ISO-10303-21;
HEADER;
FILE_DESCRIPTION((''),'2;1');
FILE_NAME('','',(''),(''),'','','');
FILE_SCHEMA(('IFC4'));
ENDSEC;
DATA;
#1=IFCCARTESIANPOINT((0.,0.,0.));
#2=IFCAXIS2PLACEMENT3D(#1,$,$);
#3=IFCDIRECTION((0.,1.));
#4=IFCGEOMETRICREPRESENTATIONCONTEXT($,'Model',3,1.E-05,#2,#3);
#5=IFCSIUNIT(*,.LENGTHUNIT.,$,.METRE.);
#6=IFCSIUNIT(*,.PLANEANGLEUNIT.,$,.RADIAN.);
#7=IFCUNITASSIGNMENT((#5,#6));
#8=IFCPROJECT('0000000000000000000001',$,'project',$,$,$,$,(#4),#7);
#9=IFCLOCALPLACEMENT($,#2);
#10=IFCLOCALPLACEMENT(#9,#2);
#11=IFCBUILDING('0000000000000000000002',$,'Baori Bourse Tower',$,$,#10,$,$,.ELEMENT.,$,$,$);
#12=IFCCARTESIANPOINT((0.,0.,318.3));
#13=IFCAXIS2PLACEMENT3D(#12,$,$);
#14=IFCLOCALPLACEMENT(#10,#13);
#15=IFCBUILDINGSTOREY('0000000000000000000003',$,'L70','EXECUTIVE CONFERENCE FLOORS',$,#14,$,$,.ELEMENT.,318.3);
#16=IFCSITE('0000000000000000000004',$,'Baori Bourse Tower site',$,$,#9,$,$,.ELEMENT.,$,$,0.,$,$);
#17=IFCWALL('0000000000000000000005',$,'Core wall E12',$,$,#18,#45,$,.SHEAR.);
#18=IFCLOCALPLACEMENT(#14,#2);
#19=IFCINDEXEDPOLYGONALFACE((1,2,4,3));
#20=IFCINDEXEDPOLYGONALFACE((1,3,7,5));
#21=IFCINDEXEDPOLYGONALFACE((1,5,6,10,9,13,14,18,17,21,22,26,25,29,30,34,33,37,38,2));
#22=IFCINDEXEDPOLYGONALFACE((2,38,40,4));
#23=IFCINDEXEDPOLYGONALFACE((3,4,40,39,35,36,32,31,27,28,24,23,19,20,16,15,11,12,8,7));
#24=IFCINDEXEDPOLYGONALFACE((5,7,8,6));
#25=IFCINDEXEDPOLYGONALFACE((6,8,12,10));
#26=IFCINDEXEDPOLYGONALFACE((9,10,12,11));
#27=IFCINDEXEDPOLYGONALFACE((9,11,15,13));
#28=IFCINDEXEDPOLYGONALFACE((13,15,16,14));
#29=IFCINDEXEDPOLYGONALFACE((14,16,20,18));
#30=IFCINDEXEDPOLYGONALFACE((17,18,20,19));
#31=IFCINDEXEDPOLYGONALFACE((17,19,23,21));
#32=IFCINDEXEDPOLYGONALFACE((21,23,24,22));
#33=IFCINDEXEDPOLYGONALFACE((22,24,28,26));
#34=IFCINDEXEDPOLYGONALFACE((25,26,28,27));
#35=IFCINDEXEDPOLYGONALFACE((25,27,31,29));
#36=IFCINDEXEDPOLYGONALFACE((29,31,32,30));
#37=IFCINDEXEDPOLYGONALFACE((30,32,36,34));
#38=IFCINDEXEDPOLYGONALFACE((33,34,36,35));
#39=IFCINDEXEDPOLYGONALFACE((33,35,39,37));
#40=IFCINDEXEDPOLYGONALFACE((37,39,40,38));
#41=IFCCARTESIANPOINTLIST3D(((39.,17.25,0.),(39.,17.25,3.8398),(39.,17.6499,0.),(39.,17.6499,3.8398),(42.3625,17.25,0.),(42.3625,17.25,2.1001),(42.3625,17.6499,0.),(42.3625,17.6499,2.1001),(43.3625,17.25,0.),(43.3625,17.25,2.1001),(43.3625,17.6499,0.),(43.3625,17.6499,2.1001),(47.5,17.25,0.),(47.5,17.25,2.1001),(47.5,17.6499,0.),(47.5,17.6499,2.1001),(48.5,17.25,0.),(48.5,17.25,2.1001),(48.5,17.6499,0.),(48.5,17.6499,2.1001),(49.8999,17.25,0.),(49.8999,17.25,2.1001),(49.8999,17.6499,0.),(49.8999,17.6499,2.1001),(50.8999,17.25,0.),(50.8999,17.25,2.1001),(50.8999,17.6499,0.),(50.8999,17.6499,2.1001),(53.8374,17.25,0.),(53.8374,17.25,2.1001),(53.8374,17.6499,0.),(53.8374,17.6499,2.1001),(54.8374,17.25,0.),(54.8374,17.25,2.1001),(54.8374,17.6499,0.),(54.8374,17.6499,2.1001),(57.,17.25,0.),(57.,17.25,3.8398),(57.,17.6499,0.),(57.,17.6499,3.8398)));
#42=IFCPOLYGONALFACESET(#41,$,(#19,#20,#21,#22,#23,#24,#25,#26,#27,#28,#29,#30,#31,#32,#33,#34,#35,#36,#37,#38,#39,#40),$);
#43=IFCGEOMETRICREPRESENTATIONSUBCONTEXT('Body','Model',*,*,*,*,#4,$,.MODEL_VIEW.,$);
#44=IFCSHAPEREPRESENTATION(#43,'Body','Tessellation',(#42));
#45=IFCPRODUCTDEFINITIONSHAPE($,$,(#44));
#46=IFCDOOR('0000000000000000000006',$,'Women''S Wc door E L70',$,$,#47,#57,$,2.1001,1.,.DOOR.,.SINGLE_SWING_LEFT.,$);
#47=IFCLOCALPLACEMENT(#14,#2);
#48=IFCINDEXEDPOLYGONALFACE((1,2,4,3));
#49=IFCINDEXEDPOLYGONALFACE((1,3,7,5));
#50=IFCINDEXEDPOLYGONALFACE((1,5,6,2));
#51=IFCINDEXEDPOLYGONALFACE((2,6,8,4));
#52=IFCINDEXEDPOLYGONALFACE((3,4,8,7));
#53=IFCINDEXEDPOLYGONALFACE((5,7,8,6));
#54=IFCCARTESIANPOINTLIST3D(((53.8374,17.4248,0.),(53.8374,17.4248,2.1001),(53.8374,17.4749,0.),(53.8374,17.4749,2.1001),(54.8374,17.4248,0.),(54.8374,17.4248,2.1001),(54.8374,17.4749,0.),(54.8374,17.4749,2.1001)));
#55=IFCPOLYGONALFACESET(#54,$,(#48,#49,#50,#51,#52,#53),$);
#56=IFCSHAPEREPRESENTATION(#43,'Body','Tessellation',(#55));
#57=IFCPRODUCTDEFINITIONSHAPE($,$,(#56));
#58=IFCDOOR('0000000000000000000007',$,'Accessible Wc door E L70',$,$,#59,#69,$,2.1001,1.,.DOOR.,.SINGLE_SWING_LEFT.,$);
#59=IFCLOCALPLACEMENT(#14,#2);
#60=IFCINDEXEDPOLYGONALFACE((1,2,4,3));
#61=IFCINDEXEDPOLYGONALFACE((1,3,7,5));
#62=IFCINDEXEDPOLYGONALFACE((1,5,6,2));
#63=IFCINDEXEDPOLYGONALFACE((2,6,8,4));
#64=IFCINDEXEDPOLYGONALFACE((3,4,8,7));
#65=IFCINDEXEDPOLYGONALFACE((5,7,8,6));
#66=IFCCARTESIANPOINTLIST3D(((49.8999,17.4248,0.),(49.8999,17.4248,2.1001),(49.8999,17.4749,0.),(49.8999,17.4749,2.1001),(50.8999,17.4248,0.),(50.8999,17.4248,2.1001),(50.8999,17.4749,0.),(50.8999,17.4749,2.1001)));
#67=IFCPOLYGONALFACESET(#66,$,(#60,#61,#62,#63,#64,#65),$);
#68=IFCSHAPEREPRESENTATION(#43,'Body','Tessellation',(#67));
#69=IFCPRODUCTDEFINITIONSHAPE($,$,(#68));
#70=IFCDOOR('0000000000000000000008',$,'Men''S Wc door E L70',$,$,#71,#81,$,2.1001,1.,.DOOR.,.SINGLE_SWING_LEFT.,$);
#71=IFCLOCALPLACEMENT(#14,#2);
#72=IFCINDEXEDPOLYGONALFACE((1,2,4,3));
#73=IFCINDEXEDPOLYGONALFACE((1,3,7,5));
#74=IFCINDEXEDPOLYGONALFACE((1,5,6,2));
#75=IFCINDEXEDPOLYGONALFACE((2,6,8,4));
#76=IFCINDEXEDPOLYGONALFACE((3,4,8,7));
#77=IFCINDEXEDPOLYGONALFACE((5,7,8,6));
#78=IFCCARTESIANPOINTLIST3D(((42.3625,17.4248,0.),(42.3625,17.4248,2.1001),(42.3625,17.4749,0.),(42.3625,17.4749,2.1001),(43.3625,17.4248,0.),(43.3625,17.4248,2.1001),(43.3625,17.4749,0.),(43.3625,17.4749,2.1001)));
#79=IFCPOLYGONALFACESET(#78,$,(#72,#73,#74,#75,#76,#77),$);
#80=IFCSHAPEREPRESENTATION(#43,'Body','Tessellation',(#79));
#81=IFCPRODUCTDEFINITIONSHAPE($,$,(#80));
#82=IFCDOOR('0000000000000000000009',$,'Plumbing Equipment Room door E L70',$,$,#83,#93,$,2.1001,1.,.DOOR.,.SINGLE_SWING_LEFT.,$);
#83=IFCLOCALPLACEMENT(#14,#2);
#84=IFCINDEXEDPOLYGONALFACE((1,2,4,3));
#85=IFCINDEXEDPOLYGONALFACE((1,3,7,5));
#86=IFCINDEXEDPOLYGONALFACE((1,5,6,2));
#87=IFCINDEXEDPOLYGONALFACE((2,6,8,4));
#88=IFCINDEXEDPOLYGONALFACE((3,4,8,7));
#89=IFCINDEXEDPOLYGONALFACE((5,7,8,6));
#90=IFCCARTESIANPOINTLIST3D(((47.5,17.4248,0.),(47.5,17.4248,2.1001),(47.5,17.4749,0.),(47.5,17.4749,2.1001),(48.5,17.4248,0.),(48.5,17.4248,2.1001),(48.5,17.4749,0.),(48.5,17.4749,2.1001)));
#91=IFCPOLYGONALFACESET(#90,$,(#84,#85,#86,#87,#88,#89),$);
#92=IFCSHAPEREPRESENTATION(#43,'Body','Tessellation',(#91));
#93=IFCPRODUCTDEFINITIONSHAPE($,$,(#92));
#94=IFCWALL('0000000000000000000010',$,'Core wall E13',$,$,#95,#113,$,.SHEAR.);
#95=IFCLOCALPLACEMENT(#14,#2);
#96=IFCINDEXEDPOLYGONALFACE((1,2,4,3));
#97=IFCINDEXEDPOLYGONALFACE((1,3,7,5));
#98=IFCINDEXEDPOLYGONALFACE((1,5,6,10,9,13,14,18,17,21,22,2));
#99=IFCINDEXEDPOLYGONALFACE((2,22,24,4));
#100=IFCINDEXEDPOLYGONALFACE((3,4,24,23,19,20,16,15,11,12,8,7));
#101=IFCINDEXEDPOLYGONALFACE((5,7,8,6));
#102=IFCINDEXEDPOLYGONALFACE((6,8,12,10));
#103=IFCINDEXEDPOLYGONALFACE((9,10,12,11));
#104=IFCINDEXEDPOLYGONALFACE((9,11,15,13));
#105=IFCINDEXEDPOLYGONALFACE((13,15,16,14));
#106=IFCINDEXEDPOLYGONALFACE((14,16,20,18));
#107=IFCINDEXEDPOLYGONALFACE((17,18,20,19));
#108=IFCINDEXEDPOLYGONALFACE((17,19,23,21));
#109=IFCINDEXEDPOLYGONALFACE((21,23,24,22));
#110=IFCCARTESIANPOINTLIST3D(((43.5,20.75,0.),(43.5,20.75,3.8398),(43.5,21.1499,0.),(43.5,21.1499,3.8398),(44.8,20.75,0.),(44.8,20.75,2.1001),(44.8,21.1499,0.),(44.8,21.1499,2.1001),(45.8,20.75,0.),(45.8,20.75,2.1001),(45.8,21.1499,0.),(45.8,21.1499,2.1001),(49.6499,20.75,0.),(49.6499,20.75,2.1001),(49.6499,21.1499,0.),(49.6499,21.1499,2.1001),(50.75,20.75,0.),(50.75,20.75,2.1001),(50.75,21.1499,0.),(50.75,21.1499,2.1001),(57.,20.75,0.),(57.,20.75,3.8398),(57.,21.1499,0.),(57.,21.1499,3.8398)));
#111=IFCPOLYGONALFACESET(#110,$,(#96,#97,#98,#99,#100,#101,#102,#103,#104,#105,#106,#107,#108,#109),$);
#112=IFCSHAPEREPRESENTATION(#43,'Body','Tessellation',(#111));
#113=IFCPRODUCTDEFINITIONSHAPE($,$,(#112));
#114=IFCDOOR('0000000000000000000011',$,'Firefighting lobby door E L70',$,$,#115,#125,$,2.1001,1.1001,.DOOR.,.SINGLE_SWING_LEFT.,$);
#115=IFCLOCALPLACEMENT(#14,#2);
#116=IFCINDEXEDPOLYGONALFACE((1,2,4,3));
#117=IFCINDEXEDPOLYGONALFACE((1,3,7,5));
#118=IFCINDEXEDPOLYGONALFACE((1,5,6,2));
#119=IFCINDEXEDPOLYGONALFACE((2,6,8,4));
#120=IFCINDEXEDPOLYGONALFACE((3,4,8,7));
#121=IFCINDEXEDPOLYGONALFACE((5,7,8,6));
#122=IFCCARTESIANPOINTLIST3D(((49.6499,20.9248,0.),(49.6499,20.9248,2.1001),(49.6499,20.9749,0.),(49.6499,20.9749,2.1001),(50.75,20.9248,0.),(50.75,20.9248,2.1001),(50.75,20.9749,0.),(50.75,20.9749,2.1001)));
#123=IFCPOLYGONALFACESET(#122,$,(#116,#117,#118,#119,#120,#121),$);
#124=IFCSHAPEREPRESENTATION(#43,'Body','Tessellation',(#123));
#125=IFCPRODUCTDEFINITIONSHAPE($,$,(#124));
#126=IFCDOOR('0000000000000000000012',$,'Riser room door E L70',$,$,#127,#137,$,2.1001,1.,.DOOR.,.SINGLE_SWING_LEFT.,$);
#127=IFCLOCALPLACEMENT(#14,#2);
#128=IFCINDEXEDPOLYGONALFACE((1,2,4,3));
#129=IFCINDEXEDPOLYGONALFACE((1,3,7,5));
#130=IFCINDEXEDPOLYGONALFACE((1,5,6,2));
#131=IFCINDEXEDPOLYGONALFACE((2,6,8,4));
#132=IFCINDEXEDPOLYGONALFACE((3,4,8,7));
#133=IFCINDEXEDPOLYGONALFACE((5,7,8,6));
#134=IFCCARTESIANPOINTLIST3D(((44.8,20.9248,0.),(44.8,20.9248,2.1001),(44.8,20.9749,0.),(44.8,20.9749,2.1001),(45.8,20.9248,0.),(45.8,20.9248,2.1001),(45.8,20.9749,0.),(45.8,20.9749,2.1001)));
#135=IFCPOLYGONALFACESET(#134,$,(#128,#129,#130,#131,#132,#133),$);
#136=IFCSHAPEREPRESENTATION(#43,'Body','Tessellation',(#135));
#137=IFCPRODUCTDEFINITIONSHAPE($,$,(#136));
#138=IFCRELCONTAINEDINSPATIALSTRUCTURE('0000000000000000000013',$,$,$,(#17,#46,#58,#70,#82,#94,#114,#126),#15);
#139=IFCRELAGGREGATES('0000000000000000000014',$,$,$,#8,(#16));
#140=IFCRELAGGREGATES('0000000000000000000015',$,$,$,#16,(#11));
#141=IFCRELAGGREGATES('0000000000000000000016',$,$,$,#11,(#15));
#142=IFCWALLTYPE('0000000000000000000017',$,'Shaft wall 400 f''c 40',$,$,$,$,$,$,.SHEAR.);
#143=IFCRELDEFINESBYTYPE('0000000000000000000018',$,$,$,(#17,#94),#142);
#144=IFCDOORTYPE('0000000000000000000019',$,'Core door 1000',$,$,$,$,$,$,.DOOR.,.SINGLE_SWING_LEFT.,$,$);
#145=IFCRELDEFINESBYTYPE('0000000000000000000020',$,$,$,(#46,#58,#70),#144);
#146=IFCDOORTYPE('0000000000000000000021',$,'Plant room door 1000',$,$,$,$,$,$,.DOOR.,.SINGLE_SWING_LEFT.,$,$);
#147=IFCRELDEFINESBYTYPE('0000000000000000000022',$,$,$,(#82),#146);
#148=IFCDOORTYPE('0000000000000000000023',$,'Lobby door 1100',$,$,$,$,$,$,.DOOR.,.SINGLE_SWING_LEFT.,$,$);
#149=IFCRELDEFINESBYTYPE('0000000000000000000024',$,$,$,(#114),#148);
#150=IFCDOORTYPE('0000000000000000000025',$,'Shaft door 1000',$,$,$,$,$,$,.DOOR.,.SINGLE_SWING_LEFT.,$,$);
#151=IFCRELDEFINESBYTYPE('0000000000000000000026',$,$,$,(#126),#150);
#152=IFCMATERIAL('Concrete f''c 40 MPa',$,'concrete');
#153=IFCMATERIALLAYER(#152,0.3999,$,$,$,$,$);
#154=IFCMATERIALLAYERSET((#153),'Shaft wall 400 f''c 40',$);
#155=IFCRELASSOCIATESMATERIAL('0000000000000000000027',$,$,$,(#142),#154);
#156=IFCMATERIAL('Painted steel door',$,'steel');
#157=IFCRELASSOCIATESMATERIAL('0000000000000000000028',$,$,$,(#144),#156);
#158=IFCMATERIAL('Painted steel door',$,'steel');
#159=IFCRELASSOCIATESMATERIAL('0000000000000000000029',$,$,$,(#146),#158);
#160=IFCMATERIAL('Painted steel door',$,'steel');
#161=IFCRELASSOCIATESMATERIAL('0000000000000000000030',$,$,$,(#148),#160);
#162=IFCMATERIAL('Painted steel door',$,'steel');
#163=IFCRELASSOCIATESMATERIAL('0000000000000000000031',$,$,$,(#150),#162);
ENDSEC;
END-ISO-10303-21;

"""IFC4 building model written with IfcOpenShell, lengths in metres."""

from ifc_helpers import new_model, si_unit, direction, frame, frame_2d, origin, place, context, subcontext, project, spatial, rectangle, extrude, material, layer, layer_set, type_object, element, fill, save


model = new_model("IFC4")

# Units and contexts
model_context = context("Model", 3, precision=1e-05, world=origin(), true_north=direction((0.0, 1.0)))
body_context = subcontext(model_context, "Body", "Model", "MODEL_VIEW")
ifc_project = project(units=[si_unit("LENGTHUNIT", "METRE"), si_unit("PLANEANGLEUNIT", "RADIAN")], contexts=[model_context])

# Site, building, storey
site_placement = place(None, origin())
site = spatial("IfcSite", under=ifc_project, at=site_placement, Name="Baori Bourse Tower site", CompositionType="ELEMENT", RefElevation=0.0)
building_placement = place(site_placement, origin())
building = spatial("IfcBuilding", under=site, at=building_placement, Name="Baori Bourse Tower", CompositionType="ELEMENT")
storey_placement = place(building_placement, frame((0.0, 0.0, 318.3)))
storey = spatial("IfcBuildingStorey", under=building, at=storey_placement, Name="L70", Description="EXECUTIVE CONFERENCE FLOORS", CompositionType="ELEMENT", Elevation=318.3)

# Shared definitions
ifc_material_1 = material(Name="Concrete f'c 40 MPa", Category="concrete")
ifc_layer_1 = layer(ifc_material_1, 0.3999)
ifc_layer_set_1 = layer_set([ifc_layer_1], Name="Shaft wall 400 f'c 40")
wall_type_1 = type_object("IfcWallType", Name="Shaft wall 400 f'c 40", PredefinedType="SHEAR", material=ifc_layer_set_1)

# Walls, openings, doors
wall_1_placement = place(storey_placement, frame((39.0, 17.45, 0.0), z_axis=(0.0, 0.0, 1.0), x_axis=(1.0, 0.0, 0.0)))
wall_1 = element("IfcWall", 1, at=wall_1_placement, inside=storey, type_object=wall_type_1, Name="Core wall E12", PredefinedType="SHEAR", context=body_context, shape_type="SweptSolid", body=[
    extrude(rectangle(XDim=18.0, YDim=0.3999, at=frame_2d((9.0, 0.0))), origin(), (0.0, 0.0, 1.0), 3.8398),
])
opening_1_placement = place(wall_1_placement, frame((14.8374, 0.0, 0.0)))
opening_1 = element("IfcOpeningElement", 2, at=opening_1_placement, cuts=wall_1, PredefinedType="OPENING", context=body_context, shape_type="SweptSolid", body=[
    extrude(rectangle(XDim=1.0, YDim=2.1001, at=frame_2d((0.5, 1.05))), frame((0.0, 0.21, 0.0), z_axis=(0.0, -1.0, 0.0), x_axis=(1.0, 0.0, 0.0)), (0.0, 0.0, 1.0), 0.4199),
])
opening_2_placement = place(wall_1_placement, frame((10.8999, 0.0, 0.0)))
opening_2 = element("IfcOpeningElement", 3, at=opening_2_placement, cuts=wall_1, PredefinedType="OPENING", context=body_context, shape_type="SweptSolid", body=[
    extrude(rectangle(XDim=1.0, YDim=2.1001, at=frame_2d((0.5, 1.05))), frame((0.0, 0.21, 0.0), z_axis=(0.0, -1.0, 0.0), x_axis=(1.0, 0.0, 0.0)), (0.0, 0.0, 1.0), 0.4199),
])
opening_3_placement = place(wall_1_placement, frame((8.5, 0.0, 0.0)))
opening_3 = element("IfcOpeningElement", 4, at=opening_3_placement, cuts=wall_1, PredefinedType="OPENING", context=body_context, shape_type="SweptSolid", body=[
    extrude(rectangle(XDim=1.0, YDim=2.1001, at=frame_2d((0.5, 1.05))), frame((0.0, 0.21, 0.0), z_axis=(0.0, -1.0, 0.0), x_axis=(1.0, 0.0, 0.0)), (0.0, 0.0, 1.0), 0.4199),
])
opening_4_placement = place(wall_1_placement, frame((3.3625, 0.0, 0.0)))
opening_4 = element("IfcOpeningElement", 5, at=opening_4_placement, cuts=wall_1, PredefinedType="OPENING", context=body_context, shape_type="SweptSolid", body=[
    extrude(rectangle(XDim=1.0, YDim=2.1001, at=frame_2d((0.5, 1.05))), frame((0.0, 0.21, 0.0), z_axis=(0.0, -1.0, 0.0), x_axis=(1.0, 0.0, 0.0)), (0.0, 0.0, 1.0), 0.4199),
])
ifc_material_2 = material(Name="Painted steel door", Category="steel")
door_type_1 = type_object("IfcDoorType", Name="Core door 1000", OperationType="SINGLE_SWING_LEFT", PredefinedType="DOOR", material=ifc_material_2)
door_1_placement = place(opening_1_placement, origin())
door_1 = element("IfcDoor", 6, at=door_1_placement, inside=storey, type_object=door_type_1, Name="Women'S Wc door E L70", OperationType="SINGLE_SWING_LEFT", OverallHeight=2.1001, OverallWidth=1.0, PredefinedType="DOOR", context=body_context, shape_type="SweptSolid", body=[
    extrude(rectangle(XDim=1.0, YDim=2.1001, at=frame_2d((0.5, 1.05))), frame((0.0, 0.0249, 0.0), z_axis=(0.0, -1.0, 0.0), x_axis=(1.0, 0.0, 0.0)), (0.0, 0.0, 1.0), 0.05),
])
fill(opening_1, door_1)
door_2_placement = place(opening_2_placement, origin())
door_2 = element("IfcDoor", 7, at=door_2_placement, inside=storey, type_object=door_type_1, Name="Accessible Wc door E L70", OperationType="SINGLE_SWING_LEFT", OverallHeight=2.1001, OverallWidth=1.0, PredefinedType="DOOR", context=body_context, shape_type="SweptSolid", body=[
    extrude(rectangle(XDim=1.0, YDim=2.1001, at=frame_2d((0.5, 1.05))), frame((0.0, 0.0249, 0.0), z_axis=(0.0, -1.0, 0.0), x_axis=(1.0, 0.0, 0.0)), (0.0, 0.0, 1.0), 0.05),
])
fill(opening_2, door_2)
door_3_placement = place(opening_4_placement, origin())
door_3 = element("IfcDoor", 8, at=door_3_placement, inside=storey, type_object=door_type_1, Name="Men'S Wc door E L70", OperationType="SINGLE_SWING_LEFT", OverallHeight=2.1001, OverallWidth=1.0, PredefinedType="DOOR", context=body_context, shape_type="SweptSolid", body=[
    extrude(rectangle(XDim=1.0, YDim=2.1001, at=frame_2d((0.5, 1.05))), frame((0.0, 0.0249, 0.0), z_axis=(0.0, -1.0, 0.0), x_axis=(1.0, 0.0, 0.0)), (0.0, 0.0, 1.0), 0.05),
])
fill(opening_4, door_3)
ifc_material_3 = material(Name="Painted steel door", Category="steel")
door_type_2 = type_object("IfcDoorType", Name="Plant room door 1000", OperationType="SINGLE_SWING_LEFT", PredefinedType="DOOR", material=ifc_material_3)
door_4_placement = place(opening_3_placement, origin())
door_4 = element("IfcDoor", 9, at=door_4_placement, inside=storey, type_object=door_type_2, Name="Plumbing Equipment Room door E L70", OperationType="SINGLE_SWING_LEFT", OverallHeight=2.1001, OverallWidth=1.0, PredefinedType="DOOR", context=body_context, shape_type="SweptSolid", body=[
    extrude(rectangle(XDim=1.0, YDim=2.1001, at=frame_2d((0.5, 1.05))), frame((0.0, 0.0249, 0.0), z_axis=(0.0, -1.0, 0.0), x_axis=(1.0, 0.0, 0.0)), (0.0, 0.0, 1.0), 0.05),
])
fill(opening_3, door_4)
wall_2_placement = place(storey_placement, frame((43.5, 20.95, 0.0), z_axis=(0.0, 0.0, 1.0), x_axis=(1.0, 0.0, 0.0)))
wall_2 = element("IfcWall", 10, at=wall_2_placement, inside=storey, type_object=wall_type_1, Name="Core wall E13", PredefinedType="SHEAR", context=body_context, shape_type="SweptSolid", body=[
    extrude(rectangle(XDim=13.5, YDim=0.3999, at=frame_2d((6.75, 0.0))), origin(), (0.0, 0.0, 1.0), 3.8398),
])
opening_5_placement = place(wall_2_placement, frame((6.1499, 0.0, 0.0)))
opening_5 = element("IfcOpeningElement", 11, at=opening_5_placement, cuts=wall_2, PredefinedType="OPENING", context=body_context, shape_type="SweptSolid", body=[
    extrude(rectangle(XDim=1.1001, YDim=2.1001, at=frame_2d((0.55, 1.05))), frame((0.0, 0.21, 0.0), z_axis=(0.0, -1.0, 0.0), x_axis=(1.0, 0.0, 0.0)), (0.0, 0.0, 1.0), 0.4199),
])
opening_6_placement = place(wall_2_placement, frame((1.3, 0.0, 0.0)))
opening_6 = element("IfcOpeningElement", 12, at=opening_6_placement, cuts=wall_2, PredefinedType="OPENING", context=body_context, shape_type="SweptSolid", body=[
    extrude(rectangle(XDim=1.0, YDim=2.1001, at=frame_2d((0.5, 1.05))), frame((0.0, 0.21, 0.0), z_axis=(0.0, -1.0, 0.0), x_axis=(1.0, 0.0, 0.0)), (0.0, 0.0, 1.0), 0.4199),
])
ifc_material_4 = material(Name="Painted steel door", Category="steel")
door_type_3 = type_object("IfcDoorType", Name="Lobby door 1100", OperationType="SINGLE_SWING_LEFT", PredefinedType="DOOR", material=ifc_material_4)
door_5_placement = place(opening_5_placement, origin())
door_5 = element("IfcDoor", 13, at=door_5_placement, inside=storey, type_object=door_type_3, Name="Firefighting lobby door E L70", OperationType="SINGLE_SWING_LEFT", OverallHeight=2.1001, OverallWidth=1.1001, PredefinedType="DOOR", context=body_context, shape_type="SweptSolid", body=[
    extrude(rectangle(XDim=1.1001, YDim=2.1001, at=frame_2d((0.55, 1.05))), frame((0.0, 0.0249, 0.0), z_axis=(0.0, -1.0, 0.0), x_axis=(1.0, 0.0, 0.0)), (0.0, 0.0, 1.0), 0.05),
])
fill(opening_5, door_5)
ifc_material_5 = material(Name="Painted steel door", Category="steel")
door_type_4 = type_object("IfcDoorType", Name="Shaft door 1000", OperationType="SINGLE_SWING_LEFT", PredefinedType="DOOR", material=ifc_material_5)
door_6_placement = place(opening_6_placement, origin())
door_6 = element("IfcDoor", 14, at=door_6_placement, inside=storey, type_object=door_type_4, Name="Riser room door E L70", OperationType="SINGLE_SWING_LEFT", OverallHeight=2.1001, OverallWidth=1.0, PredefinedType="DOOR", context=body_context, shape_type="SweptSolid", body=[
    extrude(rectangle(XDim=1.0, YDim=2.1001, at=frame_2d((0.5, 1.05))), frame((0.0, 0.0249, 0.0), z_axis=(0.0, -1.0, 0.0), x_axis=(1.0, 0.0, 0.0)), (0.0, 0.0, 1.0), 0.05),
])
fill(opening_6, door_6)

save(model, "model.ifc")
